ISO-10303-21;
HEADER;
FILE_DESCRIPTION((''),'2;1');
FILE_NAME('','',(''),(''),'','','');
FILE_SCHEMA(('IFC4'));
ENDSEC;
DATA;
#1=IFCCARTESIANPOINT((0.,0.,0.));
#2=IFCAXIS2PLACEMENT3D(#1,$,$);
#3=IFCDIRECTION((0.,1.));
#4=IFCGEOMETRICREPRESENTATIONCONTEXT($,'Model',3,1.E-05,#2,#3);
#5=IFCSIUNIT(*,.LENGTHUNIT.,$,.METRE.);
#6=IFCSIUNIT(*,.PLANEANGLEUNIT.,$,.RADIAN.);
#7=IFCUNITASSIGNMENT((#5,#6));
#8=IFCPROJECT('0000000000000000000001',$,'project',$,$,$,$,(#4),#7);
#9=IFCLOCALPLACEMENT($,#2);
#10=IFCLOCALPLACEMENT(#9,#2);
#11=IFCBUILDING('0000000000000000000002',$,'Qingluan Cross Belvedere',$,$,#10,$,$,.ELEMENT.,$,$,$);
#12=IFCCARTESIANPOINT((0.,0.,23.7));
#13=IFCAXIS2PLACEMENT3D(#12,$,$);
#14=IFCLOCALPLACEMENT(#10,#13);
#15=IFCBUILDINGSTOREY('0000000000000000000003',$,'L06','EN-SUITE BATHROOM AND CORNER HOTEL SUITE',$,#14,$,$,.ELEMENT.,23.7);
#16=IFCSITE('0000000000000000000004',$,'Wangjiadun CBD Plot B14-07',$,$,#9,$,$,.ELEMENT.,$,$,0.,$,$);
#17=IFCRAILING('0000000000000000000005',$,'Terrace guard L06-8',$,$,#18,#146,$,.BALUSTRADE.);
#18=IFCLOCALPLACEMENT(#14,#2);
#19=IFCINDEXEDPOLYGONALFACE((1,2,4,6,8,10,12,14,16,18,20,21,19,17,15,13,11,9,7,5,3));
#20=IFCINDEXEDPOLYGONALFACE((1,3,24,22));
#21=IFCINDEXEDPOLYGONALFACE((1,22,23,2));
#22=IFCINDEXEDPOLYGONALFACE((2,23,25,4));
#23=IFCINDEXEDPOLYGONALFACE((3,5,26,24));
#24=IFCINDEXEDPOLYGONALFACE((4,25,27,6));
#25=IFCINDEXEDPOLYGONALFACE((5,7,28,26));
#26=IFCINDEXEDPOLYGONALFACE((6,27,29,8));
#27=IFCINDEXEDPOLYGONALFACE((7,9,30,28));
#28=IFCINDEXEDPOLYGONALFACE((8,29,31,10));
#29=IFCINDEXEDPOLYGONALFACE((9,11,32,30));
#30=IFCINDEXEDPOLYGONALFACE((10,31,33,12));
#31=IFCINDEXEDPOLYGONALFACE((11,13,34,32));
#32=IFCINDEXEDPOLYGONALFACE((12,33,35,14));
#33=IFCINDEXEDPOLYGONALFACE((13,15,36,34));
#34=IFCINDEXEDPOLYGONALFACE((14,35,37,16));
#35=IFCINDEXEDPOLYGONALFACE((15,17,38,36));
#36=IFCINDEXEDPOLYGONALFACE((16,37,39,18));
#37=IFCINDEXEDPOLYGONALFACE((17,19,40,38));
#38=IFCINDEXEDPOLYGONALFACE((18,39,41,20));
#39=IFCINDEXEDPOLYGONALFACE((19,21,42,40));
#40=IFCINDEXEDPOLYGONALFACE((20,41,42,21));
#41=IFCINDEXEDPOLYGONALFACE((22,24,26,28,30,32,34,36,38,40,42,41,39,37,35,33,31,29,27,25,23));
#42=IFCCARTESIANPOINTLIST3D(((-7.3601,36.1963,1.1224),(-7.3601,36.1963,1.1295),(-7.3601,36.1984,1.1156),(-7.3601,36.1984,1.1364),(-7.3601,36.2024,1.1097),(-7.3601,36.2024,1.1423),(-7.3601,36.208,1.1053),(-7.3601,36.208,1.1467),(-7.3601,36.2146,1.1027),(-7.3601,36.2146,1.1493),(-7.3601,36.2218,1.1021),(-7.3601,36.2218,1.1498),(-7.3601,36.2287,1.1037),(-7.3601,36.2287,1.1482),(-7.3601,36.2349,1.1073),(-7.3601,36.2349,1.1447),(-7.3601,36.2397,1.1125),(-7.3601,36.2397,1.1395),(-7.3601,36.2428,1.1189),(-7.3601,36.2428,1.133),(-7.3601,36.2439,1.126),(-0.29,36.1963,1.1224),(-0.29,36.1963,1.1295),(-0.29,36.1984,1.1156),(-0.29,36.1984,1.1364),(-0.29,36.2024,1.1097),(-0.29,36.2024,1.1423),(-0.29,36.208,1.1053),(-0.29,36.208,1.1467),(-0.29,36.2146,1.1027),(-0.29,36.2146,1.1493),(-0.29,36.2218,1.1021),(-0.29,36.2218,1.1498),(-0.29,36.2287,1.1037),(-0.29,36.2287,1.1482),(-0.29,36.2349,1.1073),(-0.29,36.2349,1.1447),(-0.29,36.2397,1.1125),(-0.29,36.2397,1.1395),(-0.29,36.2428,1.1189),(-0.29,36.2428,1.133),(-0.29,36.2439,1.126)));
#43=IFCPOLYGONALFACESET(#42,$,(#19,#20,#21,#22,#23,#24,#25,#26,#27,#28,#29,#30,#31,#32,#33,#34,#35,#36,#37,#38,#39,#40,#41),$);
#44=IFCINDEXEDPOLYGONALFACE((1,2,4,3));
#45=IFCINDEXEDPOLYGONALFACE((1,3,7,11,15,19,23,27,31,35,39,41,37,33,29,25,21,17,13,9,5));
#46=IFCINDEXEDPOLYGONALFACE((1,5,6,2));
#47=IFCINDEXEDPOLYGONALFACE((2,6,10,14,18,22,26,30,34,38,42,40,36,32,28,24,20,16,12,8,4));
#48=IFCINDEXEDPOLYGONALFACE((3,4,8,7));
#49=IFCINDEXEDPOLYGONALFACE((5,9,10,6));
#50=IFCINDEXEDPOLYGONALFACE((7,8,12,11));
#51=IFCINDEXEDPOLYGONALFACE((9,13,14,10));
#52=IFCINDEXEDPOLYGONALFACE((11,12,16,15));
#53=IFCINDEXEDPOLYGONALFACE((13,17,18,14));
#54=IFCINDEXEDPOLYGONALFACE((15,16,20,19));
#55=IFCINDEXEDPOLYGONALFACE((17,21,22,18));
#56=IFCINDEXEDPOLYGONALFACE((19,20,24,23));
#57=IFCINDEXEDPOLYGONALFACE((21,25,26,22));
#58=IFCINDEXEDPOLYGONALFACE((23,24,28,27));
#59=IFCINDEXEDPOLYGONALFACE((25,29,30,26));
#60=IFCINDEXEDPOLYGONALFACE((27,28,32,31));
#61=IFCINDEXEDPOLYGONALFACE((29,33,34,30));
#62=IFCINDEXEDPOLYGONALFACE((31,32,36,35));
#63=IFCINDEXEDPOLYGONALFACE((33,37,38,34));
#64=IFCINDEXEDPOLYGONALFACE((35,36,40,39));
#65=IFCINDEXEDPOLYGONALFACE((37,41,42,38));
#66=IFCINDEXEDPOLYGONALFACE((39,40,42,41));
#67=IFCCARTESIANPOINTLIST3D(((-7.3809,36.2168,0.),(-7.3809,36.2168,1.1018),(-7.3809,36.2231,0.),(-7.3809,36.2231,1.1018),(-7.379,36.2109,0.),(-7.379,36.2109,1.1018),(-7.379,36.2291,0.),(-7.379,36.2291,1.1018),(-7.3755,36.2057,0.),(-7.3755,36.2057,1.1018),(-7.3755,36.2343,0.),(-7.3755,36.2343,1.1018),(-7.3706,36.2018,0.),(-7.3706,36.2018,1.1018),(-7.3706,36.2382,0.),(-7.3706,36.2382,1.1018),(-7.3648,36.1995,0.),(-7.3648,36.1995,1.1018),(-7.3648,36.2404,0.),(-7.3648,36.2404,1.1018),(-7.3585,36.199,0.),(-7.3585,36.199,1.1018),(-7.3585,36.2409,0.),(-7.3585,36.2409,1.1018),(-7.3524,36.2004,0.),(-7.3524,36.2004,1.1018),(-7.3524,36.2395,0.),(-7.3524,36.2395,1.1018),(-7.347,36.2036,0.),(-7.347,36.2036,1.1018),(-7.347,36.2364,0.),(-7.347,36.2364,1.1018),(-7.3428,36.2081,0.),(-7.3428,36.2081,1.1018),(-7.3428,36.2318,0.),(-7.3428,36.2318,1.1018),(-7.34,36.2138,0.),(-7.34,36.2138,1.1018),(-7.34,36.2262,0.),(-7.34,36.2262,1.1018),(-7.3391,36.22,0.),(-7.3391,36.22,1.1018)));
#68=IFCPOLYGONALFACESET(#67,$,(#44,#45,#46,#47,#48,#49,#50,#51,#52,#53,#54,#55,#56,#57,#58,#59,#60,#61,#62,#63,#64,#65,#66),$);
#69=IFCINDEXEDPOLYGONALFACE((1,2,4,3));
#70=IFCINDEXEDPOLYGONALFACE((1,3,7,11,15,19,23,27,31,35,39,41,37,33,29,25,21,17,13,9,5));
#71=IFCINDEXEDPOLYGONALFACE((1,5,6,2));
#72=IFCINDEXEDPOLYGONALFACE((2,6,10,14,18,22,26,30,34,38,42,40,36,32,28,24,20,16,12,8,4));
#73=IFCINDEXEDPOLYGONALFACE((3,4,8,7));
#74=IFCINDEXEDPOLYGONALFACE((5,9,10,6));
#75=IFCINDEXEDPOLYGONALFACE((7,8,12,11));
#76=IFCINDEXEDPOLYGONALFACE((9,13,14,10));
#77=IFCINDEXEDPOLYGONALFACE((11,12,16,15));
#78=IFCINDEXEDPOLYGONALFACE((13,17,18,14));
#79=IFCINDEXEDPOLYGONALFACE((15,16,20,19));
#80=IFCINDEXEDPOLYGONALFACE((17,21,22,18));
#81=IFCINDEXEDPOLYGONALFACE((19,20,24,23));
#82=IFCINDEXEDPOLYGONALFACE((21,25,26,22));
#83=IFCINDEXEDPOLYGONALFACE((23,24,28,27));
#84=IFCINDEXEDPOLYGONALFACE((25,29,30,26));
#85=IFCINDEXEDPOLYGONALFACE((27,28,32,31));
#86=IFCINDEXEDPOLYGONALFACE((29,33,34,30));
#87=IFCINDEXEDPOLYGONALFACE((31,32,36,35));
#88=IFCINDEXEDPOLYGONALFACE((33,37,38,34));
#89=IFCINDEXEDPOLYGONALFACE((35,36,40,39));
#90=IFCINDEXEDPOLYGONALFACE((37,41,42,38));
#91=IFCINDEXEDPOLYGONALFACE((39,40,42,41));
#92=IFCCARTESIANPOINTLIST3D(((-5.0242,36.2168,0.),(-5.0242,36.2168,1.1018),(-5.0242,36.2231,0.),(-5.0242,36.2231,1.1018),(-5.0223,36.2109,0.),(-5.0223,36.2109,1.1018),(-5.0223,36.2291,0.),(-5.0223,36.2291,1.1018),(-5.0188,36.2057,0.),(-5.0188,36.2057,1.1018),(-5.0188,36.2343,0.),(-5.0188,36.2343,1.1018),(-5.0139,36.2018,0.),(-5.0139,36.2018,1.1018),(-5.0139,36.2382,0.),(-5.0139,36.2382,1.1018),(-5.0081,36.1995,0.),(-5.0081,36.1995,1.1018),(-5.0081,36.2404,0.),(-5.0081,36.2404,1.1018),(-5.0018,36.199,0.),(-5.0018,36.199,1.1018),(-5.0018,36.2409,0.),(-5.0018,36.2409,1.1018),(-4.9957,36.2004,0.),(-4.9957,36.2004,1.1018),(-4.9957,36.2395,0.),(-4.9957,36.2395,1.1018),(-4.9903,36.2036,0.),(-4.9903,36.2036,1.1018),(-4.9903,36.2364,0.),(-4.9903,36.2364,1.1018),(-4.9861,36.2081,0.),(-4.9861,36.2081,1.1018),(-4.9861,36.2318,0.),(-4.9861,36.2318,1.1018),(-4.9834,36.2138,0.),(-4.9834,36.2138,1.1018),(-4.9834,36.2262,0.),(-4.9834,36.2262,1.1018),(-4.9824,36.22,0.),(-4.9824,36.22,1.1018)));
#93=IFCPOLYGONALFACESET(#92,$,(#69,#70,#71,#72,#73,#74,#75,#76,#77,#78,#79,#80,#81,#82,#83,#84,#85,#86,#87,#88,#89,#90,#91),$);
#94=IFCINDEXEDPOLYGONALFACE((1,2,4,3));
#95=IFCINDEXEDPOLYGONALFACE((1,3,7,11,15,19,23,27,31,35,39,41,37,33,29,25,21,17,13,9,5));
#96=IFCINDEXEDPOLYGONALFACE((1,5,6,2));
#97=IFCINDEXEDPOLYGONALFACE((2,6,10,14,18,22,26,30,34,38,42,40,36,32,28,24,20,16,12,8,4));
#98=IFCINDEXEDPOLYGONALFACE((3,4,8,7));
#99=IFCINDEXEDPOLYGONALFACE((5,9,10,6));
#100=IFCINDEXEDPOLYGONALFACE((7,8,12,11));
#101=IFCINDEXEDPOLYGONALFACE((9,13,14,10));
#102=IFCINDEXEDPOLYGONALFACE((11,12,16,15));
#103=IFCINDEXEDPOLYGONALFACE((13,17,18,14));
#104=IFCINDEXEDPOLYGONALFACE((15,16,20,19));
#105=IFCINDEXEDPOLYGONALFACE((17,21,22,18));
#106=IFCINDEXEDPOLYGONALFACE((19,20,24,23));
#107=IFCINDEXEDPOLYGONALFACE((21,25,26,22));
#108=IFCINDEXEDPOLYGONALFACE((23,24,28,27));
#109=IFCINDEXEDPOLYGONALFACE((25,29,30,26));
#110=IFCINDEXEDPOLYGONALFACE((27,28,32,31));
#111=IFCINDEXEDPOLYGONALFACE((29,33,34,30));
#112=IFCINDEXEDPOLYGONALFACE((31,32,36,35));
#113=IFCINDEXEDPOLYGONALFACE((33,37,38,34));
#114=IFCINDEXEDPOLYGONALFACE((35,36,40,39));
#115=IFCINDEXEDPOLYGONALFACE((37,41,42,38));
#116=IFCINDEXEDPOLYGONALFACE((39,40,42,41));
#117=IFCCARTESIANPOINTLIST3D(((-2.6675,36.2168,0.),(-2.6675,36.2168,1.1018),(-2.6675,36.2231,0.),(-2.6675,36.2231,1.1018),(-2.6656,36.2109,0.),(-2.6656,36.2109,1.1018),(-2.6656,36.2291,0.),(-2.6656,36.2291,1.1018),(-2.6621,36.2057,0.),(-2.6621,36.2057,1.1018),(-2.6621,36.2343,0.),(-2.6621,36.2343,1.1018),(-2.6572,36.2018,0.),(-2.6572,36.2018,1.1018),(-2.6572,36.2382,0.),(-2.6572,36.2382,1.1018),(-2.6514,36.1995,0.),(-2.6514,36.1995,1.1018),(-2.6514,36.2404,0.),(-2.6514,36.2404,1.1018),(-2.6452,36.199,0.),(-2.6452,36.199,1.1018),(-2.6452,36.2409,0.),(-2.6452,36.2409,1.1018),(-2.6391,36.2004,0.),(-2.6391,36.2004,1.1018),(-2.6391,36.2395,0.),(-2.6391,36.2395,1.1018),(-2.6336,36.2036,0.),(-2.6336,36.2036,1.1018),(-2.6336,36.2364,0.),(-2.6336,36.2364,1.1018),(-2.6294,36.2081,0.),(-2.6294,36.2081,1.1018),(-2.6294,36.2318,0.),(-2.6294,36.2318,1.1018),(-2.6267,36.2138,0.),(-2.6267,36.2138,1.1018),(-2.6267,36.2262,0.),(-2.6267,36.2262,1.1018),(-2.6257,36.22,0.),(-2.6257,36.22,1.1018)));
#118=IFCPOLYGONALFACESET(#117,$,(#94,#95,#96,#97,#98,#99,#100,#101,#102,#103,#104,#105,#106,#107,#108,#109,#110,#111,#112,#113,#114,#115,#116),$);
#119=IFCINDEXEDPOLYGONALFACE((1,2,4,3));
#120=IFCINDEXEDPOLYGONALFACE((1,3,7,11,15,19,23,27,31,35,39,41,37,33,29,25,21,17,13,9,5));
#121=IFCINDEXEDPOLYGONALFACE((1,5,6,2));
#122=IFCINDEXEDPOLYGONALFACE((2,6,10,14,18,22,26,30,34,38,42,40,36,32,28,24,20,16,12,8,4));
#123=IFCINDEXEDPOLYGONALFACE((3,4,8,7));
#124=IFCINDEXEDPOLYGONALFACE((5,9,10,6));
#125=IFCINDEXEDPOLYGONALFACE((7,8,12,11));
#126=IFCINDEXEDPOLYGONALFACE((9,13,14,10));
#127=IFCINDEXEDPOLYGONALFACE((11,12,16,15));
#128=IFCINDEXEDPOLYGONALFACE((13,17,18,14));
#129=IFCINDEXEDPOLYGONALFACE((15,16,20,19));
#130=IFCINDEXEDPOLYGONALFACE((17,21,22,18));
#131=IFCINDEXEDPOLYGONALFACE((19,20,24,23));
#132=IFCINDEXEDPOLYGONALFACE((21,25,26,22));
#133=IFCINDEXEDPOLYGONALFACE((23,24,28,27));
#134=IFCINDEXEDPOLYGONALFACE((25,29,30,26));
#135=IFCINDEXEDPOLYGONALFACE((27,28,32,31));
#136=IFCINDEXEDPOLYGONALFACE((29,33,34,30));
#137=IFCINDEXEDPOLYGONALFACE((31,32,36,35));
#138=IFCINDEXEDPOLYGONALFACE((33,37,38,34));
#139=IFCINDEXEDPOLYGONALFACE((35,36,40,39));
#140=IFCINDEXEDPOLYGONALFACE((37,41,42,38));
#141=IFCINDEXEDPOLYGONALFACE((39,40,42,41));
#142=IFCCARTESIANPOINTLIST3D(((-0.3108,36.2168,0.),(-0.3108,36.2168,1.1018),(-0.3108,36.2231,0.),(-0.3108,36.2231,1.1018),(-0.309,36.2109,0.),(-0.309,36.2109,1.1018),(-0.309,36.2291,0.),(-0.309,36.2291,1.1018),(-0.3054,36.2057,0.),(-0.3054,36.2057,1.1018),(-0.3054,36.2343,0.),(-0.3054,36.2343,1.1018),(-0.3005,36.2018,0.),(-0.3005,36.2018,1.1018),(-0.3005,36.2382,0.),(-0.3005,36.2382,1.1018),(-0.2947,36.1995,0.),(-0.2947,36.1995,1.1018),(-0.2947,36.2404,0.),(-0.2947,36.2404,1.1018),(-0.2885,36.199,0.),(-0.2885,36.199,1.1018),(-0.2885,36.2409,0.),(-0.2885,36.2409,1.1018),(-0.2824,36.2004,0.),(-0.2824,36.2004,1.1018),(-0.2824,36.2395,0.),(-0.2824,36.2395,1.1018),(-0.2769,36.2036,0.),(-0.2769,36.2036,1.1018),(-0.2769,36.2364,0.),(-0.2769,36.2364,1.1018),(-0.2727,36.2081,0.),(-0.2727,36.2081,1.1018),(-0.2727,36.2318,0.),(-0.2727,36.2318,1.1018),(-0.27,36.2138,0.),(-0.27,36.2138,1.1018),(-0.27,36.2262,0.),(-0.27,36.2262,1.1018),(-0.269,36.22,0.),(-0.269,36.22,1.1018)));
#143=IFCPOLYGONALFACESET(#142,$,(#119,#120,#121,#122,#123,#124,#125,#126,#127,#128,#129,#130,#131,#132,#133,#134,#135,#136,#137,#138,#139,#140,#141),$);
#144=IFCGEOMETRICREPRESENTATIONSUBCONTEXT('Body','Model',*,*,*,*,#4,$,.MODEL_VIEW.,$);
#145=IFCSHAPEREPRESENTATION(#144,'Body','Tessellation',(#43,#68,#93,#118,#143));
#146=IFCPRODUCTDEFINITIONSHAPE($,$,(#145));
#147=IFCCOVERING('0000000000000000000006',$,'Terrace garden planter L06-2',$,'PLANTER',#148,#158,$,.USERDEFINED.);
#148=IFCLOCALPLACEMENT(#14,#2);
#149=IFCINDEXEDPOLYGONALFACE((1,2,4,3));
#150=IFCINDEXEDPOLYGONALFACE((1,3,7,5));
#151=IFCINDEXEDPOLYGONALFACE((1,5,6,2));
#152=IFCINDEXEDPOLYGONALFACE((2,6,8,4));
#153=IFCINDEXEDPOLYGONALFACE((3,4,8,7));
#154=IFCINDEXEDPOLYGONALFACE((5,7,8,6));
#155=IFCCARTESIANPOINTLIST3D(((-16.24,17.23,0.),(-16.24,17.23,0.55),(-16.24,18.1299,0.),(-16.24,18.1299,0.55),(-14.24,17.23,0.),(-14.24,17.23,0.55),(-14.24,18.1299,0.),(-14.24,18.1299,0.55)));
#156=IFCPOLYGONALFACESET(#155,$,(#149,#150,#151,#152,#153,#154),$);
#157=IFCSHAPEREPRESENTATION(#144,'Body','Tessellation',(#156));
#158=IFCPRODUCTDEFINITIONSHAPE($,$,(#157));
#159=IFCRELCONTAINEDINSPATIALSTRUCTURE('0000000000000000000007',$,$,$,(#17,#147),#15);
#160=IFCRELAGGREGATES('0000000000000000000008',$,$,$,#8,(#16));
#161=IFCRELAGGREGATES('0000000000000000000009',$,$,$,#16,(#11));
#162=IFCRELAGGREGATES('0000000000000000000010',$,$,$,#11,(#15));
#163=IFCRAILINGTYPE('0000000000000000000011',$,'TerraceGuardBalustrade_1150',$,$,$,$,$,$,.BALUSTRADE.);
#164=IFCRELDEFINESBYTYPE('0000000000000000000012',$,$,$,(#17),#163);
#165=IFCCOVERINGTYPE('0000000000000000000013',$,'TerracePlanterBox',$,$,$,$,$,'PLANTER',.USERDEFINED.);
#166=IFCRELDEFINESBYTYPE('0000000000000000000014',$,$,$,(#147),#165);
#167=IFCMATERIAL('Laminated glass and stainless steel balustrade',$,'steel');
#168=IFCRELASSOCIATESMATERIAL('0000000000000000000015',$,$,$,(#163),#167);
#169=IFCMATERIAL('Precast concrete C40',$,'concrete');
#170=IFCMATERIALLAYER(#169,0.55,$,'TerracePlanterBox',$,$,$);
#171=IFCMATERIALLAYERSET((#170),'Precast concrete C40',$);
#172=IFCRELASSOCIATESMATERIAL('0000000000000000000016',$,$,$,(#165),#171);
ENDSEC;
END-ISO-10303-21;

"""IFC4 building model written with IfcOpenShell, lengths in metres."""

from ifc_helpers import new_model, si_unit, direction, frame, origin, origin_2d, place, context, subcontext, project, spatial, rectangle, circle, extrude, material, layer, layer_set, type_object, element, save


model = new_model("IFC4")

# Units and contexts
model_context = context("Model", 3, precision=1e-05, world=origin(), true_north=direction((0.0, 1.0)))
body_context = subcontext(model_context, "Body", "Model", "MODEL_VIEW")
ifc_project = project(units=[si_unit("LENGTHUNIT", "METRE"), si_unit("PLANEANGLEUNIT", "RADIAN")], contexts=[model_context])

# Site, building, storey
site_placement = place(None, origin())
site = spatial("IfcSite", under=ifc_project, at=site_placement, Name="Wangjiadun CBD Plot B14-07", CompositionType="ELEMENT", RefElevation=0.0)
building_placement = place(site_placement, origin())
building = spatial("IfcBuilding", under=site, at=building_placement, Name="Qingluan Cross Belvedere", CompositionType="ELEMENT")
storey_placement = place(building_placement, frame((0.0, 0.0, 23.7)))
storey = spatial("IfcBuildingStorey", under=building, at=storey_placement, Name="L06", Description="EN-SUITE BATHROOM AND CORNER HOTEL SUITE", CompositionType="ELEMENT", Elevation=23.7)

# Railing
ifc_material_1 = material(Name="Laminated glass and stainless steel balustrade", Category="steel")
railing_type = type_object("IfcRailingType", Name="TerraceGuardBalustrade_1150", PredefinedType="BALUSTRADE", material=ifc_material_1)
railing_1_placement = place(storey_placement, frame((-7.3601, 36.22, 0.0)))
element("IfcRailing", 1, at=railing_1_placement, inside=storey, type_object=railing_type, Name="Terrace guard L06-8", PredefinedType="BALUSTRADE", context=body_context, shape_type="SweptSolid", body=[
    extrude(circle(Radius=0.0239, at=origin_2d()), frame((0.0, 0.0, 1.126), z_axis=(1.0, 0.0, 0.0), x_axis=(0.0, 1.0, 0.0)), (0.0, 0.0, 1.0), 7.0701),
    extrude(circle(Radius=0.021, at=origin_2d()), origin(), (0.0, 0.0, 1.0), 1.1018),
    extrude(circle(Radius=0.021, at=origin_2d()), frame((2.3567, 0.0, 0.0)), (0.0, 0.0, 1.0), 1.1018),
    extrude(circle(Radius=0.021, at=origin_2d()), frame((4.7134, 0.0, 0.0)), (0.0, 0.0, 1.0), 1.1018),
    extrude(circle(Radius=0.021, at=origin_2d()), frame((7.0701, 0.0, 0.0)), (0.0, 0.0, 1.0), 1.1018),
])

# Covering
ifc_material_2 = material(Name="Precast concrete C40", Category="concrete")
ifc_layer_1 = layer(ifc_material_2, 0.55, Name="TerracePlanterBox")
ifc_layer_set_1 = layer_set([ifc_layer_1], Name="Precast concrete C40")
covering_type_1 = type_object("IfcCoveringType", Name="TerracePlanterBox", ElementType="PLANTER", PredefinedType="USERDEFINED", material=ifc_layer_set_1)
covering_1_placement = place(storey_placement, frame((-15.24, 17.6799, 0.0), z_axis=(0.0, 0.0, 1.0), x_axis=(1.0, 0.0, 0.0)))
element("IfcCovering", 2, at=covering_1_placement, inside=storey, type_object=covering_type_1, Name="Terrace garden planter L06-2", ObjectType="PLANTER", PredefinedType="USERDEFINED", context=body_context, shape_type="SweptSolid", body=[
    extrude(rectangle(XDim=2.0, YDim=0.8999, at=origin_2d()), origin(), (0.0, 0.0, 1.0), 0.55),
])

save(model, "model.ifc")
